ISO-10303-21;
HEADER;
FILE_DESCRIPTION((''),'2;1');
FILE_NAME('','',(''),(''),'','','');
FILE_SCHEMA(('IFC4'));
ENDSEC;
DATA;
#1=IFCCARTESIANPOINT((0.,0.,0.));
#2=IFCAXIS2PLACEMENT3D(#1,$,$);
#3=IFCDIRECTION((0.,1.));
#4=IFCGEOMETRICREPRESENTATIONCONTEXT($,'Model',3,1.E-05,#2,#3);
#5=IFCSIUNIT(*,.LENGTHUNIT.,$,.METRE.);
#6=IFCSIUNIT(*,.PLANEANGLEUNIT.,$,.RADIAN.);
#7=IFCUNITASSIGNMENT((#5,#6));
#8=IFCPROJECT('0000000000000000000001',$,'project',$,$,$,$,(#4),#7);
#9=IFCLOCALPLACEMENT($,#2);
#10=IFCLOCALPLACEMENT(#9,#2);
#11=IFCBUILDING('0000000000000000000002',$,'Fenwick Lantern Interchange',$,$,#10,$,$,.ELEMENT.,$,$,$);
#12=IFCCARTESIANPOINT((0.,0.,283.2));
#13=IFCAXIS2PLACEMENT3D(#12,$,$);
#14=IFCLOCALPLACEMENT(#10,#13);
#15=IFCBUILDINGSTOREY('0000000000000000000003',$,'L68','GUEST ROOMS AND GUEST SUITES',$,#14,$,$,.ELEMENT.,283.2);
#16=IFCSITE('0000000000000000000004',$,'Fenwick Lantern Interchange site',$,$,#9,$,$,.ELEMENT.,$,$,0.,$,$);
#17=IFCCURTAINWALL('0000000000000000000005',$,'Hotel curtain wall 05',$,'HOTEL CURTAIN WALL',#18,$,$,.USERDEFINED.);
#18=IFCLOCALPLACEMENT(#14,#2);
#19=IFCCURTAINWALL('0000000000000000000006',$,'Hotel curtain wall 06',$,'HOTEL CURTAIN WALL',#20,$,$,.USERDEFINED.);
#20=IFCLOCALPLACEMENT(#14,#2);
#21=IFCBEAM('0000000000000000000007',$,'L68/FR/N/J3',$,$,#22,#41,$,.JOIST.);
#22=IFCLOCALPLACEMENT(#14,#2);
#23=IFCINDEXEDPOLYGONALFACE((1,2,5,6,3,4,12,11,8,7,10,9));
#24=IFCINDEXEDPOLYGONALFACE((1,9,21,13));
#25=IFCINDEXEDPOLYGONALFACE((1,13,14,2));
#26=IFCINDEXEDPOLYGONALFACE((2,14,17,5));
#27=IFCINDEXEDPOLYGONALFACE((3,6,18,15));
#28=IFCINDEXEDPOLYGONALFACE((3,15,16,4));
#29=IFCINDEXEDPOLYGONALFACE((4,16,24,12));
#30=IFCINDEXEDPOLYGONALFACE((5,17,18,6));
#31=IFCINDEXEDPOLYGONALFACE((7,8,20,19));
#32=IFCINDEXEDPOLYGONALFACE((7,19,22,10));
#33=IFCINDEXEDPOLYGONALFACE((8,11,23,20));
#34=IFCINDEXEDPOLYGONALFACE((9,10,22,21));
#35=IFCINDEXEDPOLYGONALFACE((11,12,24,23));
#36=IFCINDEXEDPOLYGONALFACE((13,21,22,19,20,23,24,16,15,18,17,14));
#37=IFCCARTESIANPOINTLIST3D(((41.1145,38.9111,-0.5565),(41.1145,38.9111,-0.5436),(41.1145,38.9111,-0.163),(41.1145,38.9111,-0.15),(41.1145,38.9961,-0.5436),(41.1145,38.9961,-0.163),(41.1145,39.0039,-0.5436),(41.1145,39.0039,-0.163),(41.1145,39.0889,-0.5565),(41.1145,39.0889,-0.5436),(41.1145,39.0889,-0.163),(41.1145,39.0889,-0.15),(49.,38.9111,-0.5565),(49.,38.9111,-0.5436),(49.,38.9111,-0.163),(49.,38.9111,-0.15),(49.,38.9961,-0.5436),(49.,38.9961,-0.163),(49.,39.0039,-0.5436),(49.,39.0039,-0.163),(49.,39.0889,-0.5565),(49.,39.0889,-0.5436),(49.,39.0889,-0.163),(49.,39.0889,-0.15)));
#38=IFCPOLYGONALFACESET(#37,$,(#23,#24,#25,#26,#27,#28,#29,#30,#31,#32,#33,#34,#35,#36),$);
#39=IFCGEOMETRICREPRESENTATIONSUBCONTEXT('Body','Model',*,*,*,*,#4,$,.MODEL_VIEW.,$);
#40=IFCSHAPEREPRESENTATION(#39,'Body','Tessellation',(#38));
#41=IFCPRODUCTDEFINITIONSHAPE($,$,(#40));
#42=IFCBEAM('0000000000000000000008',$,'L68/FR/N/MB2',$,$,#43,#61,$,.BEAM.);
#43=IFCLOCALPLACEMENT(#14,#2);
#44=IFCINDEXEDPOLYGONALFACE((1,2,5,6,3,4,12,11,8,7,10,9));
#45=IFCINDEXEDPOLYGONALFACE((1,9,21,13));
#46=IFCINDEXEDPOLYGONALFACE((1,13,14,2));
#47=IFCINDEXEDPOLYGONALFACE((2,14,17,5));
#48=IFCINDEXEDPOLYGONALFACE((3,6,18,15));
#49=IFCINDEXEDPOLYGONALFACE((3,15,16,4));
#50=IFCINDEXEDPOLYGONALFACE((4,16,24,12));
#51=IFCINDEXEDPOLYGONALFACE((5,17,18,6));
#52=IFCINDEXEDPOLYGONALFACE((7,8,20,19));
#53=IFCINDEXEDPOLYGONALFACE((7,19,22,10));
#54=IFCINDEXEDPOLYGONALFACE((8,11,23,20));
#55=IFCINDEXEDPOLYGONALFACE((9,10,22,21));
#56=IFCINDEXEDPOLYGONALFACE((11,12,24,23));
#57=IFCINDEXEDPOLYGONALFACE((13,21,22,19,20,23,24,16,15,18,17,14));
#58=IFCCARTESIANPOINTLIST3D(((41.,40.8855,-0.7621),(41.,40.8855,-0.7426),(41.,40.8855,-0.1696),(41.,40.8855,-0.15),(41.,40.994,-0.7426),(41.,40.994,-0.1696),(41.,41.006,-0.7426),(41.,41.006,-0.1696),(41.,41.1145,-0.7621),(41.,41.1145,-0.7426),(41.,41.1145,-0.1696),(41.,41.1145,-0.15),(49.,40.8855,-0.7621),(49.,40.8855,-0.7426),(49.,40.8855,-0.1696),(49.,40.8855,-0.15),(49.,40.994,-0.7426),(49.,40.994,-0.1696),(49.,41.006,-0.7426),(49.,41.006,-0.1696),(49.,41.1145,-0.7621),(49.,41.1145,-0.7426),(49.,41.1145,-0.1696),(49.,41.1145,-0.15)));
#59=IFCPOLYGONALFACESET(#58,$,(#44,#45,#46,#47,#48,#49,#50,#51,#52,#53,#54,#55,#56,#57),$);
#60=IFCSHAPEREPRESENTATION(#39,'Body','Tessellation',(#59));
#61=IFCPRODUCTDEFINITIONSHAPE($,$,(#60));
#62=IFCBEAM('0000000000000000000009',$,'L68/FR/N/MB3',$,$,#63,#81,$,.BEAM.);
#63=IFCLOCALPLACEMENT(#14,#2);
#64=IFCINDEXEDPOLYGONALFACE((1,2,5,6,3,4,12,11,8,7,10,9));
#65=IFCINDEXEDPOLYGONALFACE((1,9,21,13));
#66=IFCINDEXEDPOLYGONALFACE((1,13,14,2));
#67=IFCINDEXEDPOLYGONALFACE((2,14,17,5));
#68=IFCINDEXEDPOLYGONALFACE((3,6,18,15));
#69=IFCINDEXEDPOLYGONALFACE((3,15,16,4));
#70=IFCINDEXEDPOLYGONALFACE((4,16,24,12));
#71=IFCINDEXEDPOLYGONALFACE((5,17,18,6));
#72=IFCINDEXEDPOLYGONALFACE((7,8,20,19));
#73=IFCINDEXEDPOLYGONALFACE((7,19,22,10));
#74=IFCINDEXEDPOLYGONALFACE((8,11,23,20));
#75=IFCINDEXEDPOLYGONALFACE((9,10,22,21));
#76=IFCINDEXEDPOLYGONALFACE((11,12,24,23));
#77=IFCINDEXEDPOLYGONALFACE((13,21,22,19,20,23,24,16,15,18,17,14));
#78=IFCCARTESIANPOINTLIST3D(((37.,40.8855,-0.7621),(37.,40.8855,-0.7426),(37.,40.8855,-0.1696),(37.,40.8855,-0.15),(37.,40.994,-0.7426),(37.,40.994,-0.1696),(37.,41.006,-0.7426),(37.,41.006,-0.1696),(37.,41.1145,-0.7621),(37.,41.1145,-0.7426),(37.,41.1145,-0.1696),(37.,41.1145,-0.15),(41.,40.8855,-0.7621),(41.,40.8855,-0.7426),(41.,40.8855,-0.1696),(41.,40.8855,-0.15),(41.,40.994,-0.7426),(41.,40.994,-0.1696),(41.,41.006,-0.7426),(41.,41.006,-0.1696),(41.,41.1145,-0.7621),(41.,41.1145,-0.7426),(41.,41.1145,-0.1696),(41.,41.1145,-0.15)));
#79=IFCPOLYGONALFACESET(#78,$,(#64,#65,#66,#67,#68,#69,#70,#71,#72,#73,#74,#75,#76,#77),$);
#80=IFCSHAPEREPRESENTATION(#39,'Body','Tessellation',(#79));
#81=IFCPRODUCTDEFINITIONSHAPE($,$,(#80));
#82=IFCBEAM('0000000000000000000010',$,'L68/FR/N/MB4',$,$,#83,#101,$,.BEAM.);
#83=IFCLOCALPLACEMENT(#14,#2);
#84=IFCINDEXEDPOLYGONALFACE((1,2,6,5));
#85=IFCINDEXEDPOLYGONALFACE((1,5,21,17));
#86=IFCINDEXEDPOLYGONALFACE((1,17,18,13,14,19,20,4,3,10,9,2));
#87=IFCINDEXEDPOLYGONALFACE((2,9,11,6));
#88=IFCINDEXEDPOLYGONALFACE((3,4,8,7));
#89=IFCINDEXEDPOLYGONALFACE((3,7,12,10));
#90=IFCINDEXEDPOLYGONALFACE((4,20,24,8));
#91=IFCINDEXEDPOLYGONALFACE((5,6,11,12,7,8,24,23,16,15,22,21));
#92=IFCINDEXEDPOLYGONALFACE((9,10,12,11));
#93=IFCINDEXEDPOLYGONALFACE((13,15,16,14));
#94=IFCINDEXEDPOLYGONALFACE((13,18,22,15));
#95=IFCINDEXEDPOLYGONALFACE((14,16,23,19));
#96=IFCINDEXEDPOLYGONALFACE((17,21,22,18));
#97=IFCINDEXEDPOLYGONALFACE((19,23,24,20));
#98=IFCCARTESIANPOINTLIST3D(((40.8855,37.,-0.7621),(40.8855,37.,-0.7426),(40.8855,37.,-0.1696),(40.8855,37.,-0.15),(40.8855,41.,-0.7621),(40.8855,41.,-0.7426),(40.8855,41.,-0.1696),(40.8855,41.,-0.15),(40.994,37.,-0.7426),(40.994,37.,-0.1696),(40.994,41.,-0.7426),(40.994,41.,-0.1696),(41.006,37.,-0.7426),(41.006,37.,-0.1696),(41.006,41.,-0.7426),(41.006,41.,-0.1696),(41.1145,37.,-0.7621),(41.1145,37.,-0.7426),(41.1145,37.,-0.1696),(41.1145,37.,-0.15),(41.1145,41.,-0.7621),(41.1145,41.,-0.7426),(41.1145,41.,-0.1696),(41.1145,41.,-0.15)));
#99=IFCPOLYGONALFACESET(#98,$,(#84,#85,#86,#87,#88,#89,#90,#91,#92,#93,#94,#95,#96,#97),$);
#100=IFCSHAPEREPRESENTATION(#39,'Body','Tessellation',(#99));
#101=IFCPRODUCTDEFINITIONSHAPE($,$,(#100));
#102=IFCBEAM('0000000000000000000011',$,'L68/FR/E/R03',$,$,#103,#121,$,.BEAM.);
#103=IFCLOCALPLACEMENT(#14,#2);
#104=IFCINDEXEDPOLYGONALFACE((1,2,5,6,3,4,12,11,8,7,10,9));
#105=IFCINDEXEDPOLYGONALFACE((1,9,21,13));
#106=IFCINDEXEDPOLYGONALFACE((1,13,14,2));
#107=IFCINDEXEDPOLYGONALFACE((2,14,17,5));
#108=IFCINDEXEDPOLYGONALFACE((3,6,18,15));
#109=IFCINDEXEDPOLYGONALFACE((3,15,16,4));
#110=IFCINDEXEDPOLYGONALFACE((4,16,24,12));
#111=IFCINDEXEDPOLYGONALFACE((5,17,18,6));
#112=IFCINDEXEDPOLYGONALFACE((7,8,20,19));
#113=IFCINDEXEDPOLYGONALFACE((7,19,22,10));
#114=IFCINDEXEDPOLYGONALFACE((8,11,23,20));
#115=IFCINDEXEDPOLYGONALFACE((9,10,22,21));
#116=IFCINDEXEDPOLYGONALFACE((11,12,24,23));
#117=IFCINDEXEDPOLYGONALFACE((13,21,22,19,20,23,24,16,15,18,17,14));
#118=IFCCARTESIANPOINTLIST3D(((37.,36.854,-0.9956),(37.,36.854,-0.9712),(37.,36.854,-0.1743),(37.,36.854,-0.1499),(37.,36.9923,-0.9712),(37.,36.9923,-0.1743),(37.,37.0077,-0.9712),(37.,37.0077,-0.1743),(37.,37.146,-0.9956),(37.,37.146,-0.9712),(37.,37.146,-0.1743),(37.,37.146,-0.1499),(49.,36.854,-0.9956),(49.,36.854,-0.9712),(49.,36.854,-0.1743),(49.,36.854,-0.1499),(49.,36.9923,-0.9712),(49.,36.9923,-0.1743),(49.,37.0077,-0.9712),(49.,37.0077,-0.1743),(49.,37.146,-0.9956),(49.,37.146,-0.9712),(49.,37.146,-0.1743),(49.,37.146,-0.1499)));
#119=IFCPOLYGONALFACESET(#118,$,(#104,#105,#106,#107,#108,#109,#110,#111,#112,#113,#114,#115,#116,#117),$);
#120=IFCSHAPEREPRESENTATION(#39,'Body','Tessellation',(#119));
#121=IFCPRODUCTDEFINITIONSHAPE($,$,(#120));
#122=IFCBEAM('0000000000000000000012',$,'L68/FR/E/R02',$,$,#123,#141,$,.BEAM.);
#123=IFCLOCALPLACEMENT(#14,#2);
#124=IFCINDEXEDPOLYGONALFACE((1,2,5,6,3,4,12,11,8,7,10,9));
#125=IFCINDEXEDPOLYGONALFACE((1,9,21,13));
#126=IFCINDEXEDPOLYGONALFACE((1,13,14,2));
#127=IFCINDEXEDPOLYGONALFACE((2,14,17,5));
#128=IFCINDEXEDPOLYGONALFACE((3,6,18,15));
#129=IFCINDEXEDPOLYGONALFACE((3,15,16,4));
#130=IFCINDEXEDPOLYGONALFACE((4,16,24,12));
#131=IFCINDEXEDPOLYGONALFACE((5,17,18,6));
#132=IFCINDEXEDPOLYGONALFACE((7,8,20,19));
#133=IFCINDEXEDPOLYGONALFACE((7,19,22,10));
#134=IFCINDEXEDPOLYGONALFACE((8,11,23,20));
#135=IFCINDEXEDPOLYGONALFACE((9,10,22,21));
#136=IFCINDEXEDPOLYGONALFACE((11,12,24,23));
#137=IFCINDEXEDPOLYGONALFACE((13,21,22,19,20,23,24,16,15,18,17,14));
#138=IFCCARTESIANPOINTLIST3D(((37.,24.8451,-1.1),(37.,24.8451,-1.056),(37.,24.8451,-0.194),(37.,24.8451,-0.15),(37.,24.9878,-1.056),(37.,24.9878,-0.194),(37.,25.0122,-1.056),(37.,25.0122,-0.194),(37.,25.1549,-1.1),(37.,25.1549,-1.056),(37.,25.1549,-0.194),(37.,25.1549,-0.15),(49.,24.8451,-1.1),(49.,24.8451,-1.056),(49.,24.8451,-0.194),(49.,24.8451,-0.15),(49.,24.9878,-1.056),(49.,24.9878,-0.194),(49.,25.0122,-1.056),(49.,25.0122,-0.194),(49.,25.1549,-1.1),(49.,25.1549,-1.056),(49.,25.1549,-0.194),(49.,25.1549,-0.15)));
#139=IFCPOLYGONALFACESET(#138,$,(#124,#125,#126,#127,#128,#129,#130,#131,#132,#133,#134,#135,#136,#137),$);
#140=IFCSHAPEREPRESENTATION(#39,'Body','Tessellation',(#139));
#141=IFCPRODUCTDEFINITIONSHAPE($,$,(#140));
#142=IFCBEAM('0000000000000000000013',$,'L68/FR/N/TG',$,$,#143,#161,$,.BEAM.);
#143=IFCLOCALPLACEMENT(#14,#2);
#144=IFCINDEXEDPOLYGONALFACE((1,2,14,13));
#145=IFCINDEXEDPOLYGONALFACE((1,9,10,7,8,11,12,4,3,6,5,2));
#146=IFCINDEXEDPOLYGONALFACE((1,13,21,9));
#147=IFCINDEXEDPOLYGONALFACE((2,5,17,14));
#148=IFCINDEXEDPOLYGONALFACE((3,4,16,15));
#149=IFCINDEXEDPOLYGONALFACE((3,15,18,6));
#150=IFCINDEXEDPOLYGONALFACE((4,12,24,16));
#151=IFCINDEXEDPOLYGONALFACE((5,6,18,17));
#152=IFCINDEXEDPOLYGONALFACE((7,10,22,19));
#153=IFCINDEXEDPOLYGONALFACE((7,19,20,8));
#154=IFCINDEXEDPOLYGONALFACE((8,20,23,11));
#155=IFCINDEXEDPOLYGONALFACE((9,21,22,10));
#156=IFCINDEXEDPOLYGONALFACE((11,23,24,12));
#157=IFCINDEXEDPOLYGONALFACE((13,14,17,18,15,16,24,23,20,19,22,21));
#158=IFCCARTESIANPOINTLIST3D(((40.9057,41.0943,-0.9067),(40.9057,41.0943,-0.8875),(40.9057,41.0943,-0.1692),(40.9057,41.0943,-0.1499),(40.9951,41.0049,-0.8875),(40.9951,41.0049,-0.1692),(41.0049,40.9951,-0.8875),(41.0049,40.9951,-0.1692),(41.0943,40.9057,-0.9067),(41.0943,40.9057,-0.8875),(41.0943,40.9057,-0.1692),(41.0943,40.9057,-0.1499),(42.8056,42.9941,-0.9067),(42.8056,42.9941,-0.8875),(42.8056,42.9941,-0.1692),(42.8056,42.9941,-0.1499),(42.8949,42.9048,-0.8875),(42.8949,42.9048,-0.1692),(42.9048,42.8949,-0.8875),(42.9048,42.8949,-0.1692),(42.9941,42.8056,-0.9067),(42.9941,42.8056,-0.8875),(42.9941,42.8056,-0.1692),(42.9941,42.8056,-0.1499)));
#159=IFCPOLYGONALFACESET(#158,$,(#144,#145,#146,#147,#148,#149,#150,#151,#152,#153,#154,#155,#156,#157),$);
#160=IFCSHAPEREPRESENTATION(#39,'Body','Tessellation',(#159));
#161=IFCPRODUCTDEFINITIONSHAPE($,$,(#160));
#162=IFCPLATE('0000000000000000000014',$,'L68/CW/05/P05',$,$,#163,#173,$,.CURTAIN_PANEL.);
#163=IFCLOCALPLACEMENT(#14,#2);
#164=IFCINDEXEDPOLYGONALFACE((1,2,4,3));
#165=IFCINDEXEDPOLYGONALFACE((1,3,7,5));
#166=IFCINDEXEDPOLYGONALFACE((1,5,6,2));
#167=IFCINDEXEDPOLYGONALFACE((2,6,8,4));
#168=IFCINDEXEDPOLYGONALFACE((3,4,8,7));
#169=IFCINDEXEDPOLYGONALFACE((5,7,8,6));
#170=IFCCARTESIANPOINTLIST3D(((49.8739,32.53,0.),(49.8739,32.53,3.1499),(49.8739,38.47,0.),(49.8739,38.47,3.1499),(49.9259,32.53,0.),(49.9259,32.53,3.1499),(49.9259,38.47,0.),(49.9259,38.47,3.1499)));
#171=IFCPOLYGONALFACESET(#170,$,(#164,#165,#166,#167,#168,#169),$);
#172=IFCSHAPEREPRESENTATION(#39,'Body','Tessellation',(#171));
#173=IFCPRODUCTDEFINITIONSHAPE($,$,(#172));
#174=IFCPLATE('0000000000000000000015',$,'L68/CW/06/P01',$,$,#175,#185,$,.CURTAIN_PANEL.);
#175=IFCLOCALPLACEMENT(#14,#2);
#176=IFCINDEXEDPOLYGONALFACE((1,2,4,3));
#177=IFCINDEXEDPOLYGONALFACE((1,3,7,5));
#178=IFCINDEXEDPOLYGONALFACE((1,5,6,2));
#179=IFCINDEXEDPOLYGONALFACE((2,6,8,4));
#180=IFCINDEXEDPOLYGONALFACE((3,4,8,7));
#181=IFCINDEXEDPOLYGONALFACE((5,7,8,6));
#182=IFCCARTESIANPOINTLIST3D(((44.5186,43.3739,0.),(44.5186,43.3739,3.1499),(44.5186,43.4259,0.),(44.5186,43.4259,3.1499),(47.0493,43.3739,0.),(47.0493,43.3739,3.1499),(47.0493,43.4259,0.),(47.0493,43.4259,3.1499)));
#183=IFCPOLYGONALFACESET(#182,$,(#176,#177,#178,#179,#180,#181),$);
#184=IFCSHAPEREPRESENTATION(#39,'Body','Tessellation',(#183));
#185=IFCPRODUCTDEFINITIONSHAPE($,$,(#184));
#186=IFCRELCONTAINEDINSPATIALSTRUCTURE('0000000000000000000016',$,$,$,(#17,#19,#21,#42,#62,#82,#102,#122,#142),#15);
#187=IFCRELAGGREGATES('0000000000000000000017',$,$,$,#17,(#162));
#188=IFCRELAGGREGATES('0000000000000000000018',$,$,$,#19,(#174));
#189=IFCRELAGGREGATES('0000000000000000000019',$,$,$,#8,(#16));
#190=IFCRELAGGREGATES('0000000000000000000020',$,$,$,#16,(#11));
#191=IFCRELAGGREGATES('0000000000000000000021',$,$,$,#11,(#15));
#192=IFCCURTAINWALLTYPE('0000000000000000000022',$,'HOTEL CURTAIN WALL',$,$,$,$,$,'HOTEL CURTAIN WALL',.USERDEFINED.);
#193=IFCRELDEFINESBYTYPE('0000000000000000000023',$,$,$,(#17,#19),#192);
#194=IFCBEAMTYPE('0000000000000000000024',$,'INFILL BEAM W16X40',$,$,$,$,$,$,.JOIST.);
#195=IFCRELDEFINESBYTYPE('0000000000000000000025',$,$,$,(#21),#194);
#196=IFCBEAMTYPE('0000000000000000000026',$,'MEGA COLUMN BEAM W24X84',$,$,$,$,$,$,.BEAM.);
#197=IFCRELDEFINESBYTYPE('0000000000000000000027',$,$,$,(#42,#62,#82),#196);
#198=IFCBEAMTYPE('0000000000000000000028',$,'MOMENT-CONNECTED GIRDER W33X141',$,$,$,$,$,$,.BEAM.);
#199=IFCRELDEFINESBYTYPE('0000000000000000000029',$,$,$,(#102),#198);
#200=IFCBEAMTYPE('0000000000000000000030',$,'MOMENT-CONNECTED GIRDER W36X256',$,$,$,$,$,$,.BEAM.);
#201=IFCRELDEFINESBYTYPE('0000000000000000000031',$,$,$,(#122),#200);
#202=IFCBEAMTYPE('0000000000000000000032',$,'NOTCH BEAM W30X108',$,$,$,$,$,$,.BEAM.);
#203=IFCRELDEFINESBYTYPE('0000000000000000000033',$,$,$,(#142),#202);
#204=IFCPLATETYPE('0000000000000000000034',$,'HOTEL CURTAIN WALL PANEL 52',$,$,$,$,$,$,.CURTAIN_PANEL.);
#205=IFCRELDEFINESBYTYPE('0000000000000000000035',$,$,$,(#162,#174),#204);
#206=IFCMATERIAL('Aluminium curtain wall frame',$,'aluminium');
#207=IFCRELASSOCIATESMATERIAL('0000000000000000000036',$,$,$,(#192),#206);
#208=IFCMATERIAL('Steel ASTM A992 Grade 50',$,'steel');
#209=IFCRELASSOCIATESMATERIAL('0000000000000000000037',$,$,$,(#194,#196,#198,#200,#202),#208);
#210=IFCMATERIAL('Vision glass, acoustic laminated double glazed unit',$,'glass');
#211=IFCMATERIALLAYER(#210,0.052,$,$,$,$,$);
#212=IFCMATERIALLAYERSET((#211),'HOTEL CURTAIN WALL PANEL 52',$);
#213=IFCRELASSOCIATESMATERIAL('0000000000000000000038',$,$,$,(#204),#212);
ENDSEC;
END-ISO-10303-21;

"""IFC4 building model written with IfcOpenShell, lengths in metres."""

from ifc_helpers import new_model, si_unit, direction, frame, origin, origin_2d, place, context, subcontext, project, spatial, rectangle, i_section, extrude, material, layer, layer_set, material_profile, profile_set, type_object, element, aggregate, save


model = new_model("IFC4")

# Units and contexts
model_context = context("Model", 3, precision=1e-05, world=origin(), true_north=direction((0.0, 1.0)))
body_context = subcontext(model_context, "Body", "Model", "MODEL_VIEW")
ifc_project = project(units=[si_unit("LENGTHUNIT", "METRE"), si_unit("PLANEANGLEUNIT", "RADIAN")], contexts=[model_context])

# Site, building, storey
site_placement = place(None, origin())
site = spatial("IfcSite", under=ifc_project, at=site_placement, Name="Fenwick Lantern Interchange site", CompositionType="ELEMENT", RefElevation=0.0)
building_placement = place(site_placement, origin())
building = spatial("IfcBuilding", under=site, at=building_placement, Name="Fenwick Lantern Interchange", CompositionType="ELEMENT")
storey_placement = place(building_placement, frame((0.0, 0.0, 283.2)))
storey = spatial("IfcBuildingStorey", under=building, at=storey_placement, Name="L68", Description="GUEST ROOMS AND GUEST SUITES", CompositionType="ELEMENT", Elevation=283.2)

# Shared definitions
ifc_material_1 = material(Name="Steel ASTM A992 Grade 50", Category="steel")

# Curtain wall
ifc_material_2 = material(Name="Aluminium curtain wall frame", Category="aluminium")
curtain_wall_type = type_object("IfcCurtainWallType", Name="HOTEL CURTAIN WALL", ElementType="HOTEL CURTAIN WALL", PredefinedType="USERDEFINED", material=ifc_material_2)
curtain_wall_1_placement = place(storey_placement, origin())
curtain_wall_1 = element("IfcCurtainWall", 1, at=curtain_wall_1_placement, inside=storey, type_object=curtain_wall_type, Name="Hotel curtain wall 05", ObjectType="HOTEL CURTAIN WALL", PredefinedType="USERDEFINED")

# Curtain wall
curtain_wall_2_placement = place(storey_placement, origin())
curtain_wall_2 = element("IfcCurtainWall", 2, at=curtain_wall_2_placement, inside=storey, type_object=curtain_wall_type, Name="Hotel curtain wall 06", ObjectType="HOTEL CURTAIN WALL", PredefinedType="USERDEFINED")

# Beams
ifc_material_profile_1 = material_profile(ifc_material_1, i_section(OverallWidth=0.1777, OverallDepth=0.4065, WebThickness=0.0078, FlangeThickness=0.0129, at=origin_2d()), Name="W16X40")
ifc_profile_set_1 = profile_set([ifc_material_profile_1], Name="Steel ASTM A992 Grade 50")
beam_type_1 = type_object("IfcBeamType", Name="INFILL BEAM W16X40", PredefinedType="JOIST", material=ifc_profile_set_1)
beam_1_placement = place(storey_placement, frame((49.0, 39.0, -0.3533), z_axis=(-1.0, 0.0, 0.0), x_axis=(0.0, -1.0, 0.0)))
element("IfcBeam", 3, at=beam_1_placement, inside=storey, type_object=beam_type_1, Name="L68/FR/N/J3", PredefinedType="JOIST", context=body_context, shape_type="SweptSolid", body=[
    extrude(i_section(OverallWidth=0.1777, OverallDepth=0.4065, WebThickness=0.0078, FlangeThickness=0.0129, at=origin_2d()), origin(), (0.0, 0.0, 1.0), 7.8855),
])
ifc_material_profile_2 = material_profile(ifc_material_1, i_section(OverallWidth=0.229, OverallDepth=0.6121, WebThickness=0.012, FlangeThickness=0.0195, at=origin_2d()), Name="W24X84")
ifc_profile_set_2 = profile_set([ifc_material_profile_2], Name="Steel ASTM A992 Grade 50")
beam_type_2 = type_object("IfcBeamType", Name="MEGA COLUMN BEAM W24X84", PredefinedType="BEAM", material=ifc_profile_set_2)
beam_2_placement = place(storey_placement, frame((41.0, 41.0, -0.4561), z_axis=(1.0, 0.0, 0.0), x_axis=(0.0, 1.0, 0.0)))
element("IfcBeam", 4, at=beam_2_placement, inside=storey, type_object=beam_type_2, Name="L68/FR/N/MB2", PredefinedType="BEAM", context=body_context, shape_type="SweptSolid", body=[
    extrude(i_section(OverallWidth=0.229, OverallDepth=0.6121, WebThickness=0.012, FlangeThickness=0.0195, at=origin_2d()), origin(), (0.0, 0.0, 1.0), 8.0),
])
for number, where, z_axis, x_axis, name in (
    (5, (41.0, 41.0, -0.4561), (-1.0, 0.0, 0.0), (0.0, -1.0, 0.0), "L68/FR/N/MB3"),
    (6, (41.0, 41.0, -0.4561), (0.0, -1.0, 0.0), (1.0, 0.0, 0.0), "L68/FR/N/MB4"),
):
    element("IfcBeam", number, at=place(storey_placement, frame(where, z_axis=z_axis, x_axis=x_axis)), inside=storey, type_object=beam_type_2, Name=name, PredefinedType="BEAM", context=body_context, shape_type="SweptSolid", body=[
        extrude(i_section(OverallWidth=0.229, OverallDepth=0.6121, WebThickness=0.012, FlangeThickness=0.0195, at=origin_2d()), origin(), (0.0, 0.0, 1.0), 4.0),
    ])
ifc_material_profile_3 = material_profile(ifc_material_1, i_section(OverallWidth=0.292, OverallDepth=0.8457, WebThickness=0.0154, FlangeThickness=0.0244, at=origin_2d()), Name="W33X141")
ifc_profile_set_3 = profile_set([ifc_material_profile_3], Name="Steel ASTM A992 Grade 50")
beam_type_3 = type_object("IfcBeamType", Name="MOMENT-CONNECTED GIRDER W33X141", PredefinedType="BEAM", material=ifc_profile_set_3)
beam_3_placement = place(storey_placement, frame((49.0, 37.0, -0.5728), z_axis=(-1.0, 0.0, 0.0), x_axis=(0.0, -1.0, 0.0)))
element("IfcBeam", 7, at=beam_3_placement, inside=storey, type_object=beam_type_3, Name="L68/FR/E/R03", PredefinedType="BEAM", context=body_context, shape_type="SweptSolid", body=[
    extrude(i_section(OverallWidth=0.292, OverallDepth=0.8457, WebThickness=0.0154, FlangeThickness=0.0244, at=origin_2d()), origin(), (0.0, 0.0, 1.0), 12.0),
])
ifc_material_profile_4 = material_profile(ifc_material_1, i_section(OverallWidth=0.3098, OverallDepth=0.95, WebThickness=0.0244, FlangeThickness=0.0439, at=origin_2d()), Name="W36X256")
ifc_profile_set_4 = profile_set([ifc_material_profile_4], Name="Steel ASTM A992 Grade 50")
beam_type_4 = type_object("IfcBeamType", Name="MOMENT-CONNECTED GIRDER W36X256", PredefinedType="BEAM", material=ifc_profile_set_4)
beam_4_placement = place(storey_placement, frame((49.0, 25.0, -0.625), z_axis=(-1.0, 0.0, 0.0), x_axis=(0.0, -1.0, 0.0)))
element("IfcBeam", 8, at=beam_4_placement, inside=storey, type_object=beam_type_4, Name="L68/FR/E/R02", PredefinedType="BEAM", context=body_context, shape_type="SweptSolid", body=[
    extrude(i_section(OverallWidth=0.3098, OverallDepth=0.95, WebThickness=0.0244, FlangeThickness=0.0439, at=origin_2d()), origin(), (0.0, 0.0, 1.0), 12.0),
])
ifc_material_profile_5 = material_profile(ifc_material_1, i_section(OverallWidth=0.2666, OverallDepth=0.7568, WebThickness=0.0139, FlangeThickness=0.0193, at=origin_2d()), Name="W30X108")
ifc_profile_set_5 = profile_set([ifc_material_profile_5], Name="Steel ASTM A992 Grade 50")
beam_type_5 = type_object("IfcBeamType", Name="NOTCH BEAM W30X108", PredefinedType="BEAM", material=ifc_profile_set_5)
beam_5_placement = place(storey_placement, frame((41.0, 41.0, -0.5283), z_axis=(0.707107, 0.707107, 0.0), x_axis=(-0.707107, 0.707107, 0.0)))
element("IfcBeam", 9, at=beam_5_placement, inside=storey, type_object=beam_type_5, Name="L68/FR/N/TG", PredefinedType="BEAM", context=body_context, shape_type="SweptSolid", body=[
    extrude(i_section(OverallWidth=0.2666, OverallDepth=0.7568, WebThickness=0.0139, FlangeThickness=0.0193, at=origin_2d()), origin(), (0.0, 0.0, 1.0), 2.6868),
])

# Plates
ifc_material_3 = material(Name="Vision glass, acoustic laminated double glazed unit", Category="glass")
ifc_layer_1 = layer(ifc_material_3, 0.052)
ifc_layer_set_1 = layer_set([ifc_layer_1], Name="HOTEL CURTAIN WALL PANEL 52")
plate_type = type_object("IfcPlateType", Name="HOTEL CURTAIN WALL PANEL 52", PredefinedType="CURTAIN_PANEL", material=ifc_layer_set_1)
plate_1_placement = place(storey_placement, frame((49.8999, 35.5, 0.0), z_axis=(0.0, 0.0, 1.0), x_axis=(0.0, 1.0, 0.0)))
plate_1 = element("IfcPlate", 10, at=plate_1_placement, type_object=plate_type, Name="L68/CW/05/P05", PredefinedType="CURTAIN_PANEL", context=body_context, shape_type="SweptSolid", body=[
    extrude(rectangle(XDim=5.9399, YDim=0.052, at=origin_2d()), origin(), (0.0, 0.0, 1.0), 3.1499),
])
aggregate(curtain_wall_1, [plate_1])
plate_2_placement = place(storey_placement, frame((45.7839, 43.3999, 0.0), z_axis=(0.0, 0.0, 1.0), x_axis=(-1.0, 0.0, 0.0)))
plate_2 = element("IfcPlate", 11, at=plate_2_placement, type_object=plate_type, Name="L68/CW/06/P01", PredefinedType="CURTAIN_PANEL", context=body_context, shape_type="SweptSolid", body=[
    extrude(rectangle(XDim=2.5308, YDim=0.052, at=origin_2d()), origin(), (0.0, 0.0, 1.0), 3.1499),
])
aggregate(curtain_wall_2, [plate_2])

save(model, "model.ifc")
